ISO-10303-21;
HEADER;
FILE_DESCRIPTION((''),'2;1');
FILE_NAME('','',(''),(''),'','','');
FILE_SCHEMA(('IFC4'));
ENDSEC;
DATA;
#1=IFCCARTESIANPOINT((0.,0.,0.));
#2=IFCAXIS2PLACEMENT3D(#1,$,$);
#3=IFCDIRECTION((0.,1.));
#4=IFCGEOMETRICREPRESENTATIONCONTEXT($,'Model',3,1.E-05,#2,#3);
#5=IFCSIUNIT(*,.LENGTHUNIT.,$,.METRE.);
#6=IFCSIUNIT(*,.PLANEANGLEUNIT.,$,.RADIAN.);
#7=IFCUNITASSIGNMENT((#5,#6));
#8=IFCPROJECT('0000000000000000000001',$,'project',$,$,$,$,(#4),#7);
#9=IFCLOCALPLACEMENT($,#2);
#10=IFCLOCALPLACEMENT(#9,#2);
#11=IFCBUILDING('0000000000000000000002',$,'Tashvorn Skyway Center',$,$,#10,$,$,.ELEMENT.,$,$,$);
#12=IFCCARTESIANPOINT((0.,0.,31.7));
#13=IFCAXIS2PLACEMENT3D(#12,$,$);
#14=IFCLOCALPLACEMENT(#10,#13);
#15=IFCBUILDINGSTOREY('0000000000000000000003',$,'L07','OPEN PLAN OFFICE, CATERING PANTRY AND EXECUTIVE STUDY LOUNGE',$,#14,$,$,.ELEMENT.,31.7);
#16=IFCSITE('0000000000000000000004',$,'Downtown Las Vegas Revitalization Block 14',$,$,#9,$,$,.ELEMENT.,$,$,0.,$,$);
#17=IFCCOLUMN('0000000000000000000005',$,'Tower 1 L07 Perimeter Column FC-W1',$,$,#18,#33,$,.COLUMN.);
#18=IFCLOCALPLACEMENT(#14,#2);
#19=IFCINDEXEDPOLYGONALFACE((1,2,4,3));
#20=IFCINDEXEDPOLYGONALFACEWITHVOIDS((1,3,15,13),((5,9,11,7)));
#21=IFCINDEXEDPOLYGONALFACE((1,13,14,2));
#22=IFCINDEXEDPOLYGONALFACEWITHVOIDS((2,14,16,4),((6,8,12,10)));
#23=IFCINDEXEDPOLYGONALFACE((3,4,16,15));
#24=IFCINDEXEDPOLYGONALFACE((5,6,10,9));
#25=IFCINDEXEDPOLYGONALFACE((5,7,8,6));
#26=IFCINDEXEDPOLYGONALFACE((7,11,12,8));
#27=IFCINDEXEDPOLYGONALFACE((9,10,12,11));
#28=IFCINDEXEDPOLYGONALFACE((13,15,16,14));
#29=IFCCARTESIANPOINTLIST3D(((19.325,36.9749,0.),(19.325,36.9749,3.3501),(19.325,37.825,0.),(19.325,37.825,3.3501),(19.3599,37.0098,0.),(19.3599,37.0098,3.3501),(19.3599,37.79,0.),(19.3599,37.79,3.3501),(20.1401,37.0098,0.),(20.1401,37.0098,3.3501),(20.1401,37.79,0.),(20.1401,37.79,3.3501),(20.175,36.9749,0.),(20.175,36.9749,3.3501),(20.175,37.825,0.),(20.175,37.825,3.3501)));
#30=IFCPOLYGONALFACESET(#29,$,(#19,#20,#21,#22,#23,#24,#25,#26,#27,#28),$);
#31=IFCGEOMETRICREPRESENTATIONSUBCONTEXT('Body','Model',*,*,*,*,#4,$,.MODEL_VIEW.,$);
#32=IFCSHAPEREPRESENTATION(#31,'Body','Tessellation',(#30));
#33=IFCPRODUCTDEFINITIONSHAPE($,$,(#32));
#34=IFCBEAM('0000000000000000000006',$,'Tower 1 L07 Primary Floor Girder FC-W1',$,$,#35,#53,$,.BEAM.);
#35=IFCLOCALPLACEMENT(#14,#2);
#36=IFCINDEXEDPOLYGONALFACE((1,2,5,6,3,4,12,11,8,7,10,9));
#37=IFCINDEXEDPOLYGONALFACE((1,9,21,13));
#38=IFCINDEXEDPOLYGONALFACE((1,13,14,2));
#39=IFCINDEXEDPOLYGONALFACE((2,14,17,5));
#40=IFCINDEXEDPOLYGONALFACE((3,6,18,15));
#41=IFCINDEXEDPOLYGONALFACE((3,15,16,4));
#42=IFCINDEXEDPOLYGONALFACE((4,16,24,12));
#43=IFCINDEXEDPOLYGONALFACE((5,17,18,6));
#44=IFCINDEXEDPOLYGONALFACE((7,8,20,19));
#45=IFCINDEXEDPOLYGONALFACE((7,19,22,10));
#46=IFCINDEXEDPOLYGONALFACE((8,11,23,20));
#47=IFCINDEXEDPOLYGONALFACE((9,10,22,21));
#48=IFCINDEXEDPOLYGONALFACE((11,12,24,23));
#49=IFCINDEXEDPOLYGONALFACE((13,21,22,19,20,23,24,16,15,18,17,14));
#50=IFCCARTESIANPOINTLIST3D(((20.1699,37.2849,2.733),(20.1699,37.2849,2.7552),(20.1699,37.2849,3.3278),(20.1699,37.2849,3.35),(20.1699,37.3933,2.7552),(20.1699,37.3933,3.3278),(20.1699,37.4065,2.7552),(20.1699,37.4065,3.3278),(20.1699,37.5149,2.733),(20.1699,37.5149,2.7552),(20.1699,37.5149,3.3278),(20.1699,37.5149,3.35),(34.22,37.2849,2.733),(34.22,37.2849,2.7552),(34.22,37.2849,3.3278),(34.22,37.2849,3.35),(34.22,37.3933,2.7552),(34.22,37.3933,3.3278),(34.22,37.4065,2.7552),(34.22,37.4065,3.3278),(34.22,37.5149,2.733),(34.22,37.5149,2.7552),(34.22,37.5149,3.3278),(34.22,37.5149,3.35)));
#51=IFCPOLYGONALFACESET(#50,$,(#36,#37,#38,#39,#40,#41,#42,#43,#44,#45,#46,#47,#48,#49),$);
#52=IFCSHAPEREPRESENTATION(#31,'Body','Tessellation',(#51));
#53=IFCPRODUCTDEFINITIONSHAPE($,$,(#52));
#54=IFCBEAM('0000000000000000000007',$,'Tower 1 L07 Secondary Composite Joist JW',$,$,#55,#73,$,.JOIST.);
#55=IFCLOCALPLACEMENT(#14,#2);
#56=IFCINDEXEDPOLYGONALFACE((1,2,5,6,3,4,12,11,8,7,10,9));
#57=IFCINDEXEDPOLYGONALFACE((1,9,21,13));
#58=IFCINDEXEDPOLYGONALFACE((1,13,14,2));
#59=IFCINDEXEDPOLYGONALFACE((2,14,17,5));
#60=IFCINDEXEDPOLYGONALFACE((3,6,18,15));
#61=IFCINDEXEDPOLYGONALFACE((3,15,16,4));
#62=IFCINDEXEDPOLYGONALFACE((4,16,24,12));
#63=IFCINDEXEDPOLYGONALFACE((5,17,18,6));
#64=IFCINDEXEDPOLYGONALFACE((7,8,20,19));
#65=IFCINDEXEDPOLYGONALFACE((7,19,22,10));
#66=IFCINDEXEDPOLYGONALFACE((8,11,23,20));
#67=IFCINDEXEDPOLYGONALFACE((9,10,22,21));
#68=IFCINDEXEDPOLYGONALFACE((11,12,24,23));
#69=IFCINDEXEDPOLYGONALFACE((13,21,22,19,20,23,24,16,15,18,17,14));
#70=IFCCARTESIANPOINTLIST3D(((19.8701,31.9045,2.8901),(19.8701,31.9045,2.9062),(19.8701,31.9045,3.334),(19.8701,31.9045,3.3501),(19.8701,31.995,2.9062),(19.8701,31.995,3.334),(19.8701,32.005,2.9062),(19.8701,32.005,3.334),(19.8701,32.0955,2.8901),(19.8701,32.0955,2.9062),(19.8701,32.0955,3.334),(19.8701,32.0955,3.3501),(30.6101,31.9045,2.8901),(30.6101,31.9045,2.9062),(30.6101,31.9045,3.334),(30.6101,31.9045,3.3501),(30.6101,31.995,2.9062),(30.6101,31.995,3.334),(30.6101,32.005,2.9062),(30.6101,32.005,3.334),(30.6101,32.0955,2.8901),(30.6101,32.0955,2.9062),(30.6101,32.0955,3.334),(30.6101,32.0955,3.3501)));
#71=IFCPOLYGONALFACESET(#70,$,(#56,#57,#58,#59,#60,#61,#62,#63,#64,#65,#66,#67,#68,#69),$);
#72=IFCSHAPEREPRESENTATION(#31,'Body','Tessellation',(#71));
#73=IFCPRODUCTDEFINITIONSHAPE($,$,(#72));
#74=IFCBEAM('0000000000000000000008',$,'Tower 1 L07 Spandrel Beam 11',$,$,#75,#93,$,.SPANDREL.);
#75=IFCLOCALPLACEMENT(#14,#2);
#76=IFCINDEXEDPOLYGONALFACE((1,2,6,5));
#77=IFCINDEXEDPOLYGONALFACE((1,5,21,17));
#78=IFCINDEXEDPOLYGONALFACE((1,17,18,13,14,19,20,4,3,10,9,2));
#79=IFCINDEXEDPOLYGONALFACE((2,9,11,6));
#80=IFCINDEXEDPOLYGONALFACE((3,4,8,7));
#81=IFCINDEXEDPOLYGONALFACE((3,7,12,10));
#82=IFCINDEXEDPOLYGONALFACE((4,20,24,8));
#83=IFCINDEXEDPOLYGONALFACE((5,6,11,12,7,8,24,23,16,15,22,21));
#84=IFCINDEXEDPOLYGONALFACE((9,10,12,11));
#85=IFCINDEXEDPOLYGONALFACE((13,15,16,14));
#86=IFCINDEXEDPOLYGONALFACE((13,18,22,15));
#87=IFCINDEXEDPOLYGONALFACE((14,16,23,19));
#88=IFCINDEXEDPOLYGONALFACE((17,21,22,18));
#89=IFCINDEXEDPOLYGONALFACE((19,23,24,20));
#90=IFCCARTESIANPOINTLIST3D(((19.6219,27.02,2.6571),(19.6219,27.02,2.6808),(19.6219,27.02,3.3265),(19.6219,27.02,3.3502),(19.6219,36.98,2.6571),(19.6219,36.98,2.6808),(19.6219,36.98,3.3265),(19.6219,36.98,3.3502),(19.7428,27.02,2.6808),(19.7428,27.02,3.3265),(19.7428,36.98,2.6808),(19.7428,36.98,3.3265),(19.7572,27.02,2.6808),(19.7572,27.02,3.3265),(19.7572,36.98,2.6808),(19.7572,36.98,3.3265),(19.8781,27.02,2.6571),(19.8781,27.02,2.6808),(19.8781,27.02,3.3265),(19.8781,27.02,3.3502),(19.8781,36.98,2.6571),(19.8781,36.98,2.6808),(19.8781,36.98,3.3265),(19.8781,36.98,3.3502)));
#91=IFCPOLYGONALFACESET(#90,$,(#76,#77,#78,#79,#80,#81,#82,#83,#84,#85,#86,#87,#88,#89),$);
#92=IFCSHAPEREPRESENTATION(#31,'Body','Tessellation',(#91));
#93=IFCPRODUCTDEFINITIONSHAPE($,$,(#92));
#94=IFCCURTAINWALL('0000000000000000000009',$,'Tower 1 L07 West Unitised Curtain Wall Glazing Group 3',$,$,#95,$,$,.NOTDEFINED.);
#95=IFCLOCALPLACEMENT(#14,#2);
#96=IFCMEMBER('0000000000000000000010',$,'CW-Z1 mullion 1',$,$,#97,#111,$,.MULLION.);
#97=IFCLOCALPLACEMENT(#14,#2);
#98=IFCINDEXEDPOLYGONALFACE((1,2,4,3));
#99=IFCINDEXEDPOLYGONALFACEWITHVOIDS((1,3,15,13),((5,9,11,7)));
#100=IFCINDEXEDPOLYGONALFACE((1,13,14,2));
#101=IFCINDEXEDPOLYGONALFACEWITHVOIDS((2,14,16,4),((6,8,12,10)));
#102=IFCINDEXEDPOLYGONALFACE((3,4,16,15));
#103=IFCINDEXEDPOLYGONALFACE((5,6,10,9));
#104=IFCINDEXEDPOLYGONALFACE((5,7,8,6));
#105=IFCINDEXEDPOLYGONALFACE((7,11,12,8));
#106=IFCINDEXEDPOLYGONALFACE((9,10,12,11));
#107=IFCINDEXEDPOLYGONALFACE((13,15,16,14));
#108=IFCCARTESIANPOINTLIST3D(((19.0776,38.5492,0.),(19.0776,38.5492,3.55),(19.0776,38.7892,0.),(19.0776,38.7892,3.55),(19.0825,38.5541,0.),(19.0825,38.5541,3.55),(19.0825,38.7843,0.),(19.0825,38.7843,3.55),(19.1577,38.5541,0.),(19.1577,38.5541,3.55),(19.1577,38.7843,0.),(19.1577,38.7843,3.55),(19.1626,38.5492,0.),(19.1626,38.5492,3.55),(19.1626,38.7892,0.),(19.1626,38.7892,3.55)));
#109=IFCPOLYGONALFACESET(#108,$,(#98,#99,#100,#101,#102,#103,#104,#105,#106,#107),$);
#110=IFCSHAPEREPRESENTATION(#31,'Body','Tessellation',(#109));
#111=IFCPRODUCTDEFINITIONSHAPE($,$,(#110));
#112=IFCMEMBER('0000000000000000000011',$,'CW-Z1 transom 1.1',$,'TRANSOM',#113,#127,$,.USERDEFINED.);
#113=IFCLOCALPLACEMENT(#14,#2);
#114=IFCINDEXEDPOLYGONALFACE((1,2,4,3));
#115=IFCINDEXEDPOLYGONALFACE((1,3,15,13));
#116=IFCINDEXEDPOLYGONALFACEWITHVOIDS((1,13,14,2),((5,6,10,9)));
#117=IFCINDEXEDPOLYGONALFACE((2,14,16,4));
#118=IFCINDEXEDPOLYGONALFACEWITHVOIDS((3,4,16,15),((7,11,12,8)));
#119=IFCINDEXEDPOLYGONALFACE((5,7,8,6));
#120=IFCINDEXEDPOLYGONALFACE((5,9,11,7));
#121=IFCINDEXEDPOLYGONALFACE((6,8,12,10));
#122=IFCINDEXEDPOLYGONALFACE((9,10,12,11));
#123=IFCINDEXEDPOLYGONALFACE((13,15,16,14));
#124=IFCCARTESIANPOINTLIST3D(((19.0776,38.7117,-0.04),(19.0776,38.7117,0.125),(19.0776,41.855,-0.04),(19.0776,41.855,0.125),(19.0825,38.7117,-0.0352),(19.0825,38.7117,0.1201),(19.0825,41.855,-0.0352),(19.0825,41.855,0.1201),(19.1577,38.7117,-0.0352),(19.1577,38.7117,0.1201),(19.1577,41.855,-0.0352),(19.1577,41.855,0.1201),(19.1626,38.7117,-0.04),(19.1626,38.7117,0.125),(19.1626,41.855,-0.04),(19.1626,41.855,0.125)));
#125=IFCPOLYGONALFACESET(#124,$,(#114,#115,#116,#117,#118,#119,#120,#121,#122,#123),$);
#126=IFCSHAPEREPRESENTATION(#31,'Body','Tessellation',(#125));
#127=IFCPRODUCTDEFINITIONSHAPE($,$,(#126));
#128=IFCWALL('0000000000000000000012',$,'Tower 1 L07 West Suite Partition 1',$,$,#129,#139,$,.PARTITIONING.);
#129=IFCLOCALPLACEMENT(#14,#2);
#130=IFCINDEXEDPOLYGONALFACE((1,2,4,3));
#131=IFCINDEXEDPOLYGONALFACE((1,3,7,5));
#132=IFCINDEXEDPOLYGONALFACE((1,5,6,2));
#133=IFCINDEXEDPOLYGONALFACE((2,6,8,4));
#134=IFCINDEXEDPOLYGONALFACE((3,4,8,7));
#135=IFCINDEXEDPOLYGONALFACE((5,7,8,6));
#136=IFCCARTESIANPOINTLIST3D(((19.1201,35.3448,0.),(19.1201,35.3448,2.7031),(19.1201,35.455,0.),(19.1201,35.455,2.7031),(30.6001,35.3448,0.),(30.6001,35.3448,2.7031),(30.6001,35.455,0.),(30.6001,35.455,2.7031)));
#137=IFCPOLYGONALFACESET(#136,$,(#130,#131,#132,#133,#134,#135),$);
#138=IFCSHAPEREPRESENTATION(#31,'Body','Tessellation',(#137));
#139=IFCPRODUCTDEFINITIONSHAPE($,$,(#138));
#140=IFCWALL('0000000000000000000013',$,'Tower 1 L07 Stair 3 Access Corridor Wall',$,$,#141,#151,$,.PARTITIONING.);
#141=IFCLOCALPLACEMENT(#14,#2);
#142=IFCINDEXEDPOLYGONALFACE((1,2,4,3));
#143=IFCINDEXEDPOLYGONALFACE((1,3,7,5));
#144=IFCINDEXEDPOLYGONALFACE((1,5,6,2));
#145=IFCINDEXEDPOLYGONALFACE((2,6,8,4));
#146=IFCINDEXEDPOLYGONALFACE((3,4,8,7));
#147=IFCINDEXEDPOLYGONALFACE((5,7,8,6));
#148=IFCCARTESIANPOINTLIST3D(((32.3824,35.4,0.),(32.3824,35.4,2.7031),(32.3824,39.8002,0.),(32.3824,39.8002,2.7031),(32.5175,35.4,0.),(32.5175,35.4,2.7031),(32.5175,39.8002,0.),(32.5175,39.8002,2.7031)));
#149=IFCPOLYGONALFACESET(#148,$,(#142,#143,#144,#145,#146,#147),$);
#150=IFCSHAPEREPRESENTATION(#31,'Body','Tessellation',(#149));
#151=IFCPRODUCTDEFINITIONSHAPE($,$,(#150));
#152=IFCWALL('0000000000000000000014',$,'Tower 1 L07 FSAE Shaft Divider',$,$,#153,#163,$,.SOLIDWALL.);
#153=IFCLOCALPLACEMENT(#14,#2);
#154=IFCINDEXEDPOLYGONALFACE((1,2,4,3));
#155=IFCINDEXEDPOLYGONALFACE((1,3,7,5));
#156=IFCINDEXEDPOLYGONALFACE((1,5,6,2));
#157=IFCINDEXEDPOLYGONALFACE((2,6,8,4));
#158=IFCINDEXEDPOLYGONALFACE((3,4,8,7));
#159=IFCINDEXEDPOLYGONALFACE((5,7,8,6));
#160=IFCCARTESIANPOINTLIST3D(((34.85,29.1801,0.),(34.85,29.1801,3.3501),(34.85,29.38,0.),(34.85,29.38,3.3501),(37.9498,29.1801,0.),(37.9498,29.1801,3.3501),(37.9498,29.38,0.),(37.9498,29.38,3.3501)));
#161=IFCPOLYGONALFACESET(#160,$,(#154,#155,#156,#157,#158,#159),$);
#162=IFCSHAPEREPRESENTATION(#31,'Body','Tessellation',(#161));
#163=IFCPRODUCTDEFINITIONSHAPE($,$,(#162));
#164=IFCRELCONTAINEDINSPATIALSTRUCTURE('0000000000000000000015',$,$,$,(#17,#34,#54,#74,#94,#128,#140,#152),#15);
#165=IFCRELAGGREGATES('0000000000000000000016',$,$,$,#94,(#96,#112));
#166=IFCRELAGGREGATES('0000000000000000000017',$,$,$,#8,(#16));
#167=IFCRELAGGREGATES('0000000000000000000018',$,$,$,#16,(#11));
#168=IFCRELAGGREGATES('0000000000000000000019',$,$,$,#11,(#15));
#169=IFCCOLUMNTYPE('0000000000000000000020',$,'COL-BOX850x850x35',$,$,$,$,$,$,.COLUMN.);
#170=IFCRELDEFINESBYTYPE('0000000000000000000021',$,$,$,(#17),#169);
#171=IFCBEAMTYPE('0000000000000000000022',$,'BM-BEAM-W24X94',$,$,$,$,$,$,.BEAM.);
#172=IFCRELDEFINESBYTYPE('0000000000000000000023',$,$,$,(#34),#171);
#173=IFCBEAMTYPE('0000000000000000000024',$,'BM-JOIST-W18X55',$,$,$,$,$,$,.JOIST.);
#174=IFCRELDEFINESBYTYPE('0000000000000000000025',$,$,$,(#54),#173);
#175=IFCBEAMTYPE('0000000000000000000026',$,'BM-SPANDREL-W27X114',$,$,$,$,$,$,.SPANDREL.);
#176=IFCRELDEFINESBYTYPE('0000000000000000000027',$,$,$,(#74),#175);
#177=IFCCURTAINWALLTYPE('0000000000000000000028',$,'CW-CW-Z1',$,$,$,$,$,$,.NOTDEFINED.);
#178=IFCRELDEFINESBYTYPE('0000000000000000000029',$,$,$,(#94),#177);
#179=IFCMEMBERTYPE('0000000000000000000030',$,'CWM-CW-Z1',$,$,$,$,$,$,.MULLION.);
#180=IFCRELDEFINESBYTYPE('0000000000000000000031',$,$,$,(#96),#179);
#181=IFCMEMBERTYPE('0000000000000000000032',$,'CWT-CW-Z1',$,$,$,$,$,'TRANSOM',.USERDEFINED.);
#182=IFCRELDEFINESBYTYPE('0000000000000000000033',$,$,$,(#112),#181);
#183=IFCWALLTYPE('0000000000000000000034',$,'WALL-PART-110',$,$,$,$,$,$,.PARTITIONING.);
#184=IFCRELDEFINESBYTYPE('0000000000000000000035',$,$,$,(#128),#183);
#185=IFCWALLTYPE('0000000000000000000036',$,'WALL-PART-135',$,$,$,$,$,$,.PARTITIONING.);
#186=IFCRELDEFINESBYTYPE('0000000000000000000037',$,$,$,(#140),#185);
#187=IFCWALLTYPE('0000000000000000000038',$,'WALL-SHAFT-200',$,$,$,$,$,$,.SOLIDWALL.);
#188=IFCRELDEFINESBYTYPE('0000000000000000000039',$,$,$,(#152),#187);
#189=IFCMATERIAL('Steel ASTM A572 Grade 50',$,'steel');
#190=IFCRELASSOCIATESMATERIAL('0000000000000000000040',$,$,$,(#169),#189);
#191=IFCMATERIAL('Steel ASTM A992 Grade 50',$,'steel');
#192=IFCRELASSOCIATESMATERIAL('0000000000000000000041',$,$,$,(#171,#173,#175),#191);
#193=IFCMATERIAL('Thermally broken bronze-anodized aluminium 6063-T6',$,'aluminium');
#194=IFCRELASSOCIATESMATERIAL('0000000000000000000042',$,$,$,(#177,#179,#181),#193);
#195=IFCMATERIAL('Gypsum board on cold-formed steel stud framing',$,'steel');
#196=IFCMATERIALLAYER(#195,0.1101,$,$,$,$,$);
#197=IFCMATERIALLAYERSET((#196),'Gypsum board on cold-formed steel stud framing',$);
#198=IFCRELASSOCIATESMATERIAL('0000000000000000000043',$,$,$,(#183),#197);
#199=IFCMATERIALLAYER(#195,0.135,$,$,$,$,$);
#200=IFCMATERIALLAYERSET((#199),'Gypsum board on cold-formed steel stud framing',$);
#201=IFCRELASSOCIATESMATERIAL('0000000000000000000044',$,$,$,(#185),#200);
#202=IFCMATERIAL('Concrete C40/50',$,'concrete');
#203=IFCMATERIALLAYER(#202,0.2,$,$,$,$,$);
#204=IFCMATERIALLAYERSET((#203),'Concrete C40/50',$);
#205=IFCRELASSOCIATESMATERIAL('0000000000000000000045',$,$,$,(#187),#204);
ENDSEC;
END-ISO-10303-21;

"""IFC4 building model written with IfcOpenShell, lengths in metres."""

from ifc_helpers import new_model, si_unit, direction, frame, frame_2d, origin, origin_2d, place, context, subcontext, project, spatial, rectangle, hollow_rectangle, i_section, extrude, material, layer, layer_set, material_profile, profile_set, type_object, element, aggregate, save


model = new_model("IFC4")

# Units and contexts
model_context = context("Model", 3, precision=1e-05, world=origin(), true_north=direction((0.0, 1.0)))
body_context = subcontext(model_context, "Body", "Model", "MODEL_VIEW")
ifc_project = project(units=[si_unit("LENGTHUNIT", "METRE"), si_unit("PLANEANGLEUNIT", "RADIAN")], contexts=[model_context])

# Site, building, storey
site_placement = place(None, origin())
site = spatial("IfcSite", under=ifc_project, at=site_placement, Name="Downtown Las Vegas Revitalization Block 14", CompositionType="ELEMENT", RefElevation=0.0)
building_placement = place(site_placement, origin())
building = spatial("IfcBuilding", under=site, at=building_placement, Name="Tashvorn Skyway Center", CompositionType="ELEMENT")
storey_placement = place(building_placement, frame((0.0, 0.0, 31.7)))
storey = spatial("IfcBuildingStorey", under=building, at=storey_placement, Name="L07", Description="OPEN PLAN OFFICE, CATERING PANTRY AND EXECUTIVE STUDY LOUNGE", CompositionType="ELEMENT", Elevation=31.7)

# Column
ifc_material_1 = material(Name="Steel ASTM A572 Grade 50", Category="steel")
ifc_material_profile_1 = material_profile(ifc_material_1, hollow_rectangle(XDim=0.8501, YDim=0.8501, WallThickness=0.0349, at=origin_2d()), Name="BOX850x850x35")
ifc_profile_set_1 = profile_set([ifc_material_profile_1], Name="Steel ASTM A572 Grade 50")
column_type = type_object("IfcColumnType", Name="COL-BOX850x850x35", PredefinedType="COLUMN", material=ifc_profile_set_1)
column_placement = place(storey_placement, frame((19.75, 37.3999, 0.0), z_axis=(0.0, 0.0, 1.0), x_axis=(1.0, 0.0, 0.0)))
element("IfcColumn", 1, at=column_placement, inside=storey, type_object=column_type, Name="Tower 1 L07 Perimeter Column FC-W1", PredefinedType="COLUMN", context=body_context, shape_type="SweptSolid", body=[
    extrude(hollow_rectangle(XDim=0.8501, YDim=0.8501, WallThickness=0.0349, at=origin_2d()), origin(), (0.0, 0.0, 1.0), 3.3501),
])

# Beams
ifc_material_2 = material(Name="Steel ASTM A992 Grade 50", Category="steel")
ifc_material_profile_2 = material_profile(ifc_material_2, i_section(OverallWidth=0.23, OverallDepth=0.6169, WebThickness=0.0132, FlangeThickness=0.0222, at=origin_2d()), Name="W24X94")
ifc_profile_set_2 = profile_set([ifc_material_profile_2], Name="Steel ASTM A992 Grade 50")
beam_type_1 = type_object("IfcBeamType", Name="BM-BEAM-W24X94", PredefinedType="BEAM", material=ifc_profile_set_2)
beam_1_placement = place(storey_placement, frame((20.1699, 37.3999, 3.0415), z_axis=(1.0, 0.0, 0.0), x_axis=(0.0, 1.0, 0.0)))
element("IfcBeam", 2, at=beam_1_placement, inside=storey, type_object=beam_type_1, Name="Tower 1 L07 Primary Floor Girder FC-W1", PredefinedType="BEAM", context=body_context, shape_type="SweptSolid", body=[
    extrude(i_section(OverallWidth=0.23, OverallDepth=0.6169, WebThickness=0.0132, FlangeThickness=0.0222, at=origin_2d()), origin(), (0.0, 0.0, 1.0), 14.05),
])
ifc_material_profile_3 = material_profile(ifc_material_2, i_section(OverallWidth=0.1909, OverallDepth=0.46, WebThickness=0.01, FlangeThickness=0.0161, at=origin_2d()), Name="W18X55")
ifc_profile_set_3 = profile_set([ifc_material_profile_3], Name="Steel ASTM A992 Grade 50")
beam_type_2 = type_object("IfcBeamType", Name="BM-JOIST-W18X55", PredefinedType="JOIST", material=ifc_profile_set_3)
beam_2_placement = place(storey_placement, frame((30.6101, 32.0, 3.1201), z_axis=(-1.0, 0.0, 0.0), x_axis=(0.0, -1.0, 0.0)))
element("IfcBeam", 3, at=beam_2_placement, inside=storey, type_object=beam_type_2, Name="Tower 1 L07 Secondary Composite Joist JW", PredefinedType="JOIST", context=body_context, shape_type="SweptSolid", body=[
    extrude(i_section(OverallWidth=0.1909, OverallDepth=0.46, WebThickness=0.01, FlangeThickness=0.0161, at=origin_2d()), origin(), (0.0, 0.0, 1.0), 10.74),
])
ifc_material_profile_4 = material_profile(ifc_material_2, i_section(OverallWidth=0.2561, OverallDepth=0.6931, WebThickness=0.0144, FlangeThickness=0.0237, at=origin_2d()), Name="W27X114")
ifc_profile_set_4 = profile_set([ifc_material_profile_4], Name="Steel ASTM A992 Grade 50")
beam_type_3 = type_object("IfcBeamType", Name="BM-SPANDREL-W27X114", PredefinedType="SPANDREL", material=ifc_profile_set_4)
beam_3_placement = place(storey_placement, frame((19.75, 36.98, 3.0037), z_axis=(0.0, -1.0, 0.0), x_axis=(1.0, 0.0, 0.0)))
element("IfcBeam", 4, at=beam_3_placement, inside=storey, type_object=beam_type_3, Name="Tower 1 L07 Spandrel Beam 11", PredefinedType="SPANDREL", context=body_context, shape_type="SweptSolid", body=[
    extrude(i_section(OverallWidth=0.2561, OverallDepth=0.6931, WebThickness=0.0144, FlangeThickness=0.0237, at=origin_2d()), origin(), (0.0, 0.0, 1.0), 9.96),
])

# Curtain wall, members
ifc_material_3 = material(Name="Thermally broken bronze-anodized aluminium 6063-T6", Category="aluminium")
curtain_wall_type = type_object("IfcCurtainWallType", Name="CW-CW-Z1", PredefinedType="NOTDEFINED", material=ifc_material_3)
curtain_wall_placement = place(storey_placement, origin())
curtain_wall = element("IfcCurtainWall", 5, at=curtain_wall_placement, inside=storey, type_object=curtain_wall_type, Name="Tower 1 L07 West Unitised Curtain Wall Glazing Group 3", PredefinedType="NOTDEFINED")
ifc_material_profile_5 = material_profile(ifc_material_3, hollow_rectangle(XDim=0.085, YDim=0.24, WallThickness=0.0049, at=origin_2d()), Name="ALU-MULL-85x240")
ifc_profile_set_5 = profile_set([ifc_material_profile_5], Name="Thermally broken bronze-anodized aluminium 6063-T6")
member_type_1 = type_object("IfcMemberType", Name="CWM-CW-Z1", PredefinedType="MULLION", material=ifc_profile_set_5)
member_1_placement = place(storey_placement, frame((19.1201, 38.6692, 0.0), z_axis=(0.0, 0.0, 1.0), x_axis=(-1.0, 0.0, 0.0)))
member_1 = element("IfcMember", 6, at=member_1_placement, type_object=member_type_1, Name="CW-Z1 mullion 1", PredefinedType="MULLION", context=body_context, shape_type="SweptSolid", body=[
    extrude(hollow_rectangle(XDim=0.085, YDim=0.24, WallThickness=0.0049, at=origin_2d()), origin(), (0.0, 0.0, 1.0), 3.55),
])
ifc_material_profile_6 = material_profile(ifc_material_3, hollow_rectangle(XDim=0.085, YDim=0.165, WallThickness=0.0049, at=origin_2d()), Name="ALU-TRAN-85x165")
ifc_profile_set_6 = profile_set([ifc_material_profile_6], Name="Thermally broken bronze-anodized aluminium 6063-T6")
member_type_2 = type_object("IfcMemberType", Name="CWT-CW-Z1", ElementType="TRANSOM", PredefinedType="USERDEFINED", material=ifc_profile_set_6)
member_2_placement = place(storey_placement, frame((19.1201, 38.7117, 0.0425), z_axis=(0.0, 1.0, 0.0), x_axis=(-1.0, 0.0, 0.0)))
member_2 = element("IfcMember", 7, at=member_2_placement, type_object=member_type_2, Name="CW-Z1 transom 1.1", ObjectType="TRANSOM", PredefinedType="USERDEFINED", context=body_context, shape_type="SweptSolid", body=[
    extrude(hollow_rectangle(XDim=0.085, YDim=0.165, WallThickness=0.0049, at=origin_2d()), origin(), (0.0, 0.0, 1.0), 3.1433),
])
aggregate(curtain_wall, [member_1, member_2])

# Walls
ifc_material_4 = material(Name="Gypsum board on cold-formed steel stud framing", Category="steel")
ifc_layer_1 = layer(ifc_material_4, 0.1101)
ifc_layer_set_1 = layer_set([ifc_layer_1], Name="Gypsum board on cold-formed steel stud framing")
wall_type_1 = type_object("IfcWallType", Name="WALL-PART-110", PredefinedType="PARTITIONING", material=ifc_layer_set_1)
wall_1_placement = place(storey_placement, frame((30.6001, 35.3999, 0.0), z_axis=(0.0, 0.0, 1.0), x_axis=(-1.0, 0.0, 0.0)))
element("IfcWall", 8, at=wall_1_placement, inside=storey, type_object=wall_type_1, Name="Tower 1 L07 West Suite Partition 1", PredefinedType="PARTITIONING", context=body_context, shape_type="SweptSolid", body=[
    extrude(rectangle(XDim=11.48, YDim=0.1101, at=frame_2d((5.74, 0.0))), origin(), (0.0, 0.0, 1.0), 2.7031),
])
ifc_layer_2 = layer(ifc_material_4, 0.135)
ifc_layer_set_2 = layer_set([ifc_layer_2], Name="Gypsum board on cold-formed steel stud framing")
wall_type_2 = type_object("IfcWallType", Name="WALL-PART-135", PredefinedType="PARTITIONING", material=ifc_layer_set_2)
wall_2_placement = place(storey_placement, frame((32.45, 35.3999, 0.0), z_axis=(0.0, 0.0, 1.0), x_axis=(0.0, 1.0, 0.0)))
element("IfcWall", 9, at=wall_2_placement, inside=storey, type_object=wall_type_2, Name="Tower 1 L07 Stair 3 Access Corridor Wall", PredefinedType="PARTITIONING", context=body_context, shape_type="SweptSolid", body=[
    extrude(rectangle(XDim=4.4001, YDim=0.135, at=frame_2d((2.2002, 0.0))), origin(), (0.0, 0.0, 1.0), 2.7031),
])
ifc_material_5 = material(Name="Concrete C40/50", Category="concrete")
ifc_layer_3 = layer(ifc_material_5, 0.2)
ifc_layer_set_3 = layer_set([ifc_layer_3], Name="Concrete C40/50")
wall_type_3 = type_object("IfcWallType", Name="WALL-SHAFT-200", PredefinedType="SOLIDWALL", material=ifc_layer_set_3)
wall_3_placement = place(storey_placement, frame((34.8501, 29.28, 0.0), z_axis=(0.0, 0.0, 1.0), x_axis=(1.0, 0.0, 0.0)))
element("IfcWall", 10, at=wall_3_placement, inside=storey, type_object=wall_type_3, Name="Tower 1 L07 FSAE Shaft Divider", PredefinedType="SOLIDWALL", context=body_context, shape_type="SweptSolid", body=[
    extrude(rectangle(XDim=3.0999, YDim=0.2, at=frame_2d((1.5498, 0.0))), origin(), (0.0, 0.0, 1.0), 3.3501),
])

save(model, "model.ifc")
